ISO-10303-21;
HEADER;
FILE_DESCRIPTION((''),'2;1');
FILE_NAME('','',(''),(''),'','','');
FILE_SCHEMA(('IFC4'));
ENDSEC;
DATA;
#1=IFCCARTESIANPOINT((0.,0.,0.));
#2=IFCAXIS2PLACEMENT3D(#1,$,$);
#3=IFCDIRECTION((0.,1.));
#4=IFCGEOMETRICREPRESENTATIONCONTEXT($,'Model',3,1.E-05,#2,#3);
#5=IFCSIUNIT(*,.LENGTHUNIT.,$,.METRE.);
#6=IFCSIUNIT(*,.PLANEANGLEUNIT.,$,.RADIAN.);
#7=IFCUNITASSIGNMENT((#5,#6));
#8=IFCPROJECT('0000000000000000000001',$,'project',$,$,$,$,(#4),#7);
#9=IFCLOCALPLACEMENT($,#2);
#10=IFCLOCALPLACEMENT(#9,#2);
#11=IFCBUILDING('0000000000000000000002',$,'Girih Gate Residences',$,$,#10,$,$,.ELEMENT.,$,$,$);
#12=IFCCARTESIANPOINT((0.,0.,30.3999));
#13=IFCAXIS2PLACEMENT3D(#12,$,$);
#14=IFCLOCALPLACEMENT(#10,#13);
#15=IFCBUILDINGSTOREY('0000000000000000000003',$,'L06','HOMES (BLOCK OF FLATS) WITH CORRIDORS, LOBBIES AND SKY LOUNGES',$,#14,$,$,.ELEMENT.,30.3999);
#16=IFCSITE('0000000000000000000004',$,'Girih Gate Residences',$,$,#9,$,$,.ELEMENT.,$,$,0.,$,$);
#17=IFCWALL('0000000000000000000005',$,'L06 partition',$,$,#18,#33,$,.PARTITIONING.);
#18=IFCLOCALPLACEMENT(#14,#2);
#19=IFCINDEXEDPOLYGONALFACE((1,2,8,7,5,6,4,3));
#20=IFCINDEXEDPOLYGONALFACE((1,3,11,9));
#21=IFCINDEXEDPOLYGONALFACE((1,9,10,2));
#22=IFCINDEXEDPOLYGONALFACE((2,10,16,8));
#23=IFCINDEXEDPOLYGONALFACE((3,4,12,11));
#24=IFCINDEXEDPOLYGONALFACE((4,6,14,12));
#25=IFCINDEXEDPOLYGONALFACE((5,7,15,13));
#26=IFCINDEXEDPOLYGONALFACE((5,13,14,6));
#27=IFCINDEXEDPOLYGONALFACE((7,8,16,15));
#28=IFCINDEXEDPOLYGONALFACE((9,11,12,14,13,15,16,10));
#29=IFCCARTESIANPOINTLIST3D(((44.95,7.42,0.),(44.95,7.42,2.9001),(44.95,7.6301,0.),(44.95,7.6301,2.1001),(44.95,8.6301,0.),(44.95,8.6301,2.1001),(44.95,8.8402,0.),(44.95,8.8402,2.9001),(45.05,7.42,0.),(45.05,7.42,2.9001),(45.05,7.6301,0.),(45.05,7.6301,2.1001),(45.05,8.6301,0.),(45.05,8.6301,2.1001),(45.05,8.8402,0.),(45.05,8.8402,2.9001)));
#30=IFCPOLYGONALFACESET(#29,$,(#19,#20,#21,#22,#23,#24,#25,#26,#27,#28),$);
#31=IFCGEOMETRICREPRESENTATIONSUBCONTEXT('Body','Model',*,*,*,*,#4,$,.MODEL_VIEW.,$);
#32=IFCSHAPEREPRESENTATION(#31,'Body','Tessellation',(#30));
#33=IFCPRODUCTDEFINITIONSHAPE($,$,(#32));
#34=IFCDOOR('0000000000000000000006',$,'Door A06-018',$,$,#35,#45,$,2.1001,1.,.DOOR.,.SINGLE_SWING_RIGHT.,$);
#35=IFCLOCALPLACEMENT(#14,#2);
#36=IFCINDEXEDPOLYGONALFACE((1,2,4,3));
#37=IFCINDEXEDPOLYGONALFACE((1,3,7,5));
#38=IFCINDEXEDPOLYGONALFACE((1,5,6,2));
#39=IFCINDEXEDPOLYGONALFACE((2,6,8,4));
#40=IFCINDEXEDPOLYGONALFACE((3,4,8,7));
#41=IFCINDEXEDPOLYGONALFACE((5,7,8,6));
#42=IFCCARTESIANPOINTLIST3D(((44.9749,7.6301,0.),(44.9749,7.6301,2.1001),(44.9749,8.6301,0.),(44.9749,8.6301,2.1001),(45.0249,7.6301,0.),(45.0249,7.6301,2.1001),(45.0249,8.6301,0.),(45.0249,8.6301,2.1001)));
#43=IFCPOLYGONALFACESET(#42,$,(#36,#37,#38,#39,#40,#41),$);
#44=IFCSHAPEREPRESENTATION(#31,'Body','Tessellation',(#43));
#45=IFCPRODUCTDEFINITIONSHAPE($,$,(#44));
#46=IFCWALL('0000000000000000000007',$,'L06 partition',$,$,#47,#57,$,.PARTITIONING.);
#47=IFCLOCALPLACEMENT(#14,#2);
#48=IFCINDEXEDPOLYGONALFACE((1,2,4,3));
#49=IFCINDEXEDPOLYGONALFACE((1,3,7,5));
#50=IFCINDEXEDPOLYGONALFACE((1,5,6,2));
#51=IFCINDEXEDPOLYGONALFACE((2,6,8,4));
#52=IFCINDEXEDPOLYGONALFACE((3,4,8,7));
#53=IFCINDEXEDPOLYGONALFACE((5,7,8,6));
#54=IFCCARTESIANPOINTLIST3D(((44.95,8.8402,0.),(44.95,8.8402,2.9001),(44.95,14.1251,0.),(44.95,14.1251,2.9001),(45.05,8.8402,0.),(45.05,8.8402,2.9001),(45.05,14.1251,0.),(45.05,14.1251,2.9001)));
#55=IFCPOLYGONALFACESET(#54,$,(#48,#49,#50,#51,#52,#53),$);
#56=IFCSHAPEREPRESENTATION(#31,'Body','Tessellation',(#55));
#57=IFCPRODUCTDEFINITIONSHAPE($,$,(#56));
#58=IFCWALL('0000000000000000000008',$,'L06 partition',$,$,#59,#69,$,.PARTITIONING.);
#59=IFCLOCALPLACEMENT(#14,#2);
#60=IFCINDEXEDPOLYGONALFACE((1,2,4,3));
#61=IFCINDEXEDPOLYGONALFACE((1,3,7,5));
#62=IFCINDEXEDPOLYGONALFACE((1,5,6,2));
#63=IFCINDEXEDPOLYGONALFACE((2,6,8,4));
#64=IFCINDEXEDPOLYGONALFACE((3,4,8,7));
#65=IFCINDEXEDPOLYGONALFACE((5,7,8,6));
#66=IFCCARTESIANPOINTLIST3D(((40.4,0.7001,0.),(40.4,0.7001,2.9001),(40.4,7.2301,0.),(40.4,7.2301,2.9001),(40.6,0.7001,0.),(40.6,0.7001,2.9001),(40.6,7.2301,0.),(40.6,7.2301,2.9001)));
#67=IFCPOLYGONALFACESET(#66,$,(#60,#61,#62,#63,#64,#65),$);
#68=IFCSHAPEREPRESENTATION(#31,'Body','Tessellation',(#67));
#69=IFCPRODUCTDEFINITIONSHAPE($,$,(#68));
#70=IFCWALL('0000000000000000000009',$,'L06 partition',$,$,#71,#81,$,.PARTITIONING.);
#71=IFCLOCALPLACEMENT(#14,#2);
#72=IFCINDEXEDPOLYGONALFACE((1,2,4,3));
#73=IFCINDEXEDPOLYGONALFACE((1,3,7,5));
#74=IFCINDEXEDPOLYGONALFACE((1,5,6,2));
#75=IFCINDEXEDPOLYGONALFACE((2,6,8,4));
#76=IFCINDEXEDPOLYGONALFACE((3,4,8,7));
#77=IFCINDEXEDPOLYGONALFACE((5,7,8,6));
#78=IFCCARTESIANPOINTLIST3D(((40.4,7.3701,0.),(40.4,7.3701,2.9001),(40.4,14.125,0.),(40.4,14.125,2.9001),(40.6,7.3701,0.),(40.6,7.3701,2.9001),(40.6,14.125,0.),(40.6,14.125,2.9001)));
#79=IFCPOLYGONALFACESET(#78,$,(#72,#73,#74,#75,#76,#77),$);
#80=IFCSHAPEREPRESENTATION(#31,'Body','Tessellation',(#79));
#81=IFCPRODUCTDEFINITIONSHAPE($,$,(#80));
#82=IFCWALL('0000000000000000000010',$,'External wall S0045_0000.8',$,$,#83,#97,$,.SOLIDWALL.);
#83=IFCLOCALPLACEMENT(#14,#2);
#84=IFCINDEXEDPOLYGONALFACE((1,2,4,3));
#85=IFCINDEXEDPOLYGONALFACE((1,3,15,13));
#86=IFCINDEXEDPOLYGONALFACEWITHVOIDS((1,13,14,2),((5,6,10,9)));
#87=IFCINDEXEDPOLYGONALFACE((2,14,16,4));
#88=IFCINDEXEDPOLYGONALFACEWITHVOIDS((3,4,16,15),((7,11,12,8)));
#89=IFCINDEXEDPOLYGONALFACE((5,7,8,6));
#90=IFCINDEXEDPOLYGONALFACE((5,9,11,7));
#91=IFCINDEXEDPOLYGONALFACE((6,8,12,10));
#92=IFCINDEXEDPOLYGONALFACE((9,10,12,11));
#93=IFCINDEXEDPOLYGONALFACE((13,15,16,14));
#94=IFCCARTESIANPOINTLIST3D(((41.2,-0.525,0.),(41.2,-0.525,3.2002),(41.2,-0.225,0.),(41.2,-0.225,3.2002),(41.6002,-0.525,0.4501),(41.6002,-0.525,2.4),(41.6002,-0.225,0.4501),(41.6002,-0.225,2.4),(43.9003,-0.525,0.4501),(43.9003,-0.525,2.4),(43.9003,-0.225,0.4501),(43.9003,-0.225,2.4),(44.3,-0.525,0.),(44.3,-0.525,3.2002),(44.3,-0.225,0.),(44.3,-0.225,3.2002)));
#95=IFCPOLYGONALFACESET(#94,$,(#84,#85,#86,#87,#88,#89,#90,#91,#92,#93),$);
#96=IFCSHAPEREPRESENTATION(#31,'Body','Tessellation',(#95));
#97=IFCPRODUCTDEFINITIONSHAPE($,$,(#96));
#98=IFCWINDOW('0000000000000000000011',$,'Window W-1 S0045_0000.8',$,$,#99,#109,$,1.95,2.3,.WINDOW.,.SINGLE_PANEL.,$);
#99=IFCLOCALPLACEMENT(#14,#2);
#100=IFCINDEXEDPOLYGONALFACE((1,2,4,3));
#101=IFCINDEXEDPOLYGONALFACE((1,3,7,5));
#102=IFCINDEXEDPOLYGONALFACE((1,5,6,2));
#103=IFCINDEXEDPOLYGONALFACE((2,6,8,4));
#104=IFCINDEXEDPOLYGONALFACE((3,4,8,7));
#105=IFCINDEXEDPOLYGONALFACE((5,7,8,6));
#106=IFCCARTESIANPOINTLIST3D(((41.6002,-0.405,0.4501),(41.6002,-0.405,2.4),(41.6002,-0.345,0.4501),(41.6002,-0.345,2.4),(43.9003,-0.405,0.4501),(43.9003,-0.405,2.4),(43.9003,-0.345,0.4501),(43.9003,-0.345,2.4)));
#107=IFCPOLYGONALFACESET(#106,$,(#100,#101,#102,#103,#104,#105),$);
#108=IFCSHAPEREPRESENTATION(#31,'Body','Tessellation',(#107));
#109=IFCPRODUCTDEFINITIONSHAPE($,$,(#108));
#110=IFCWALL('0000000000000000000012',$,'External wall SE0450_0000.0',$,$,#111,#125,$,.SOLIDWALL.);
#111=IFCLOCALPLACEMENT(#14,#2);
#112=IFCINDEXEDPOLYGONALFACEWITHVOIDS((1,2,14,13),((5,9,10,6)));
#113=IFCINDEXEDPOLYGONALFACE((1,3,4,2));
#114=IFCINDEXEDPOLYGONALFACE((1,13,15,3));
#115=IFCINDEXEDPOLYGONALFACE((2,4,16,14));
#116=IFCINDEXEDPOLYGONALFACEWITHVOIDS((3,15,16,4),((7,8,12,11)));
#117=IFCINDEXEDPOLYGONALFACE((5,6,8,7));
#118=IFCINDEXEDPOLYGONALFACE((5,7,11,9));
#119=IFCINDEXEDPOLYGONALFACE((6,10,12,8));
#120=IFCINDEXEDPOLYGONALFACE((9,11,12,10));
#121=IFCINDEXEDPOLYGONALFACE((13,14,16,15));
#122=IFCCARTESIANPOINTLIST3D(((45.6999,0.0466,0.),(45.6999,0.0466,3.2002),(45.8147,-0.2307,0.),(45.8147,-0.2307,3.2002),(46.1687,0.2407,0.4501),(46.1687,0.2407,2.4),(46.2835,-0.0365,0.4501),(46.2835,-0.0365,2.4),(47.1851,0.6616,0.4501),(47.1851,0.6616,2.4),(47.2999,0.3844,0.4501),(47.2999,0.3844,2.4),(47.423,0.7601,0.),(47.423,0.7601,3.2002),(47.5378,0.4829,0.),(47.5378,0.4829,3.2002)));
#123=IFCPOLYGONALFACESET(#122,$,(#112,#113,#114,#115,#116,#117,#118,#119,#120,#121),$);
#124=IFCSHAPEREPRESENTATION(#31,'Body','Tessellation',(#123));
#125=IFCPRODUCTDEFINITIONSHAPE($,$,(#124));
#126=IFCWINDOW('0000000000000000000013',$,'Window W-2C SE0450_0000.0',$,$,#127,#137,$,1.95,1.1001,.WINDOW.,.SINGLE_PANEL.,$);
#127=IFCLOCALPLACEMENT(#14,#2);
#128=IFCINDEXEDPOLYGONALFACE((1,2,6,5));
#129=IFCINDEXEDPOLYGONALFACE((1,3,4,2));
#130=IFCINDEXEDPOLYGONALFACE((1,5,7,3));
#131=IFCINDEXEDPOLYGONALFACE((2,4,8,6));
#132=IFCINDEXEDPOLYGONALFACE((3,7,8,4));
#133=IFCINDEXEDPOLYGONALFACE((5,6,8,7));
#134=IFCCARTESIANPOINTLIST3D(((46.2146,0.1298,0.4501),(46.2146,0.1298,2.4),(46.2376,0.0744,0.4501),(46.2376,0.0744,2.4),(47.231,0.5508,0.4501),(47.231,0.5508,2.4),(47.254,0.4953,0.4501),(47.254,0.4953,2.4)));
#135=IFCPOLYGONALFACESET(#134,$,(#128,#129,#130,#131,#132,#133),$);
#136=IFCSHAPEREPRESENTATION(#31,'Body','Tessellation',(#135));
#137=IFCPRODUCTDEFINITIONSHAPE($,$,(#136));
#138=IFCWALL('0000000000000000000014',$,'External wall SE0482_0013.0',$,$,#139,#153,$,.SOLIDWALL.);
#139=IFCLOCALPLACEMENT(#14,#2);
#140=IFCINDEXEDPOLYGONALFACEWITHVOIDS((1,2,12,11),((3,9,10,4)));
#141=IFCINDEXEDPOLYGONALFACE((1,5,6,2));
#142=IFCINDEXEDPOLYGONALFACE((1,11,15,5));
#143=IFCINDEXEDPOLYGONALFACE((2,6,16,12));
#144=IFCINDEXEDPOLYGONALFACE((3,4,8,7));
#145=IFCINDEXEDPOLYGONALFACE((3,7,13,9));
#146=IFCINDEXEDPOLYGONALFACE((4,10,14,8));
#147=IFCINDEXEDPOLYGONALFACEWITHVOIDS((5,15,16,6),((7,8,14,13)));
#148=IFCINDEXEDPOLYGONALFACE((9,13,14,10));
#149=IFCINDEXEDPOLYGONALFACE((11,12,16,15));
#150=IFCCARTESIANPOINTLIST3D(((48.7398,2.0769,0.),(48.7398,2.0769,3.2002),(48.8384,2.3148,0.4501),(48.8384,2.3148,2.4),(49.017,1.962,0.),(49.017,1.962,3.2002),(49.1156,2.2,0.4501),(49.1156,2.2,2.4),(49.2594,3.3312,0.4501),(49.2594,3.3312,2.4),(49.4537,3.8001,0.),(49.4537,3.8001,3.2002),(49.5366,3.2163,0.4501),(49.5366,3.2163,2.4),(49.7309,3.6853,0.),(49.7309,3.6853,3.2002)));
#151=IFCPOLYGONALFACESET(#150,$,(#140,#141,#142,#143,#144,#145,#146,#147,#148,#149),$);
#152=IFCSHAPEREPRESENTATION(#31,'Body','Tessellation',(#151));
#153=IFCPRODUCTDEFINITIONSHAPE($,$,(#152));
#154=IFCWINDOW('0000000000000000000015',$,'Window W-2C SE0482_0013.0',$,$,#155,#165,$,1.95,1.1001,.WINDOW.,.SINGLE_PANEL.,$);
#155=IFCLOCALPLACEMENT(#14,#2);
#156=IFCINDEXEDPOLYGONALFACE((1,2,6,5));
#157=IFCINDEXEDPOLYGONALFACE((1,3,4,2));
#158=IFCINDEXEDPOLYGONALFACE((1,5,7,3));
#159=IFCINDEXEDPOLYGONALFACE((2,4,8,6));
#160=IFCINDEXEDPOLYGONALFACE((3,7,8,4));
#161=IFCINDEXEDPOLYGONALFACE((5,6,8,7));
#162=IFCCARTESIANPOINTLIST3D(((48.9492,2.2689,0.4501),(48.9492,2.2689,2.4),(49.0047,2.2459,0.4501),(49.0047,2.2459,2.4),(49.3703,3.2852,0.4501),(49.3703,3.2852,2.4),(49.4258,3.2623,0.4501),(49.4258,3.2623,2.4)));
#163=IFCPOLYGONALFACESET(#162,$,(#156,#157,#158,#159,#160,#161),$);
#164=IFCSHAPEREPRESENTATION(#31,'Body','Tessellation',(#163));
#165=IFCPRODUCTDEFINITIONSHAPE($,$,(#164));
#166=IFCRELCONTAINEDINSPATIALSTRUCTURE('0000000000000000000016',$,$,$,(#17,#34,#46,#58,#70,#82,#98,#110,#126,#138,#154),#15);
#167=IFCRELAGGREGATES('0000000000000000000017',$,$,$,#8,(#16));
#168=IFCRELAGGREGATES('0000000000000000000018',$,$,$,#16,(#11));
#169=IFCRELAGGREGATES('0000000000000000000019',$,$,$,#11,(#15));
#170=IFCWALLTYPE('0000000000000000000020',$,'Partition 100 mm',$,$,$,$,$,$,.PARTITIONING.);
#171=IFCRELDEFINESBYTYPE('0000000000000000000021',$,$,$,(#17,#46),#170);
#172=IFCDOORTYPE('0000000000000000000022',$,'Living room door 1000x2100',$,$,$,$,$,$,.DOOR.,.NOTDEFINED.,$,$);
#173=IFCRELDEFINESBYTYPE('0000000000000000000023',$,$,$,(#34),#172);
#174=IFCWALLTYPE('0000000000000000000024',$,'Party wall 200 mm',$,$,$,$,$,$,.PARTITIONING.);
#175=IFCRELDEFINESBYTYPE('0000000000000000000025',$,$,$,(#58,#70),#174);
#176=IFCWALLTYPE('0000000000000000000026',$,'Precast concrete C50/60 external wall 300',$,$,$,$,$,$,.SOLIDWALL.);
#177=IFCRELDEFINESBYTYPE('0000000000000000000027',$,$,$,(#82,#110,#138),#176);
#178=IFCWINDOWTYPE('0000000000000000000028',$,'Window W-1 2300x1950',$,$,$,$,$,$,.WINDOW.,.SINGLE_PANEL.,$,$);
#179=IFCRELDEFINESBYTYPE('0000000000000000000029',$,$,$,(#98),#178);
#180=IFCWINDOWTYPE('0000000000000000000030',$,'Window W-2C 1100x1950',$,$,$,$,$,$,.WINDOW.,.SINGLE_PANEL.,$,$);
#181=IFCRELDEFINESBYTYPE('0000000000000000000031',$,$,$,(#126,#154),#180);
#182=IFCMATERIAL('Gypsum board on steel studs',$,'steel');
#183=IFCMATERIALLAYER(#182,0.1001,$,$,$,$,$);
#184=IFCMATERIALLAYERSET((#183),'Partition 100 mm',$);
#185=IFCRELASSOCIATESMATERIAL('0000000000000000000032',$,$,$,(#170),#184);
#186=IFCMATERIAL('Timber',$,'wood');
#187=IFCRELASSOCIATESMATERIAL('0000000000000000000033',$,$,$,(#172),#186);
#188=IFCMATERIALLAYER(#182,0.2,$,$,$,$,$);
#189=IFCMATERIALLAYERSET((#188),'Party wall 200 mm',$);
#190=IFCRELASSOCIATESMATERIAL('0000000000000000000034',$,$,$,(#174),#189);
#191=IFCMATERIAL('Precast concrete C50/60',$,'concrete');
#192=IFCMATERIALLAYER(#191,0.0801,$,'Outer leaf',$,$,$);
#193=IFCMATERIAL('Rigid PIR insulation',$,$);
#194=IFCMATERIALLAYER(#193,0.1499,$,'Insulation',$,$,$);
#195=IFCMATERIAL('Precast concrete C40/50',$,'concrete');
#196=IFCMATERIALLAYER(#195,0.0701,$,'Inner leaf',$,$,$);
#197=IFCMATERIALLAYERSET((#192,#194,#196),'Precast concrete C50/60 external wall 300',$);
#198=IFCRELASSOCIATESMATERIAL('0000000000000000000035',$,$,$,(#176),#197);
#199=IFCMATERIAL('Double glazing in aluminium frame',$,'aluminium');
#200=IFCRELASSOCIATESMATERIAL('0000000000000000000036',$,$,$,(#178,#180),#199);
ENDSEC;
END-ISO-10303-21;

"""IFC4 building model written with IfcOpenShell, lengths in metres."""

from ifc_helpers import new_model, si_unit, direction, frame, frame_2d, origin, place, context, subcontext, project, spatial, rectangle, extrude, material, layer, layer_set, type_object, element, fill, save


model = new_model("IFC4")

# Units and contexts
model_context = context("Model", 3, precision=1e-05, world=origin(), true_north=direction((0.0, 1.0)))
body_context = subcontext(model_context, "Body", "Model", "MODEL_VIEW")
ifc_project = project(units=[si_unit("LENGTHUNIT", "METRE"), si_unit("PLANEANGLEUNIT", "RADIAN")], contexts=[model_context])

# Site, building, storey
site_placement = place(None, origin())
site = spatial("IfcSite", under=ifc_project, at=site_placement, Name="Girih Gate Residences", CompositionType="ELEMENT", RefElevation=0.0)
building_placement = place(site_placement, origin())
building = spatial("IfcBuilding", under=site, at=building_placement, Name="Girih Gate Residences", CompositionType="ELEMENT")
storey_placement = place(building_placement, frame((0.0, 0.0, 30.3999)))
storey = spatial("IfcBuildingStorey", under=building, at=storey_placement, Name="L06", Description="HOMES (BLOCK OF FLATS) WITH CORRIDORS, LOBBIES AND SKY LOUNGES", CompositionType="ELEMENT", Elevation=30.3999)

# Shared definitions
ifc_material_1 = material(Name="Gypsum board on steel studs", Category="steel")
ifc_layer_1 = layer(ifc_material_1, 0.1001)
ifc_layer_set_1 = layer_set([ifc_layer_1], Name="Partition 100 mm")
wall_type_1 = type_object("IfcWallType", Name="Partition 100 mm", PredefinedType="PARTITIONING", material=ifc_layer_set_1)
ifc_material_2 = material(Name="Timber", Category="wood")

# Wall, opening, door
wall_1_placement = place(storey_placement, frame((45.0, 8.8401, 0.0), z_axis=(0.0, 0.0, 1.0), x_axis=(0.0, -1.0, 0.0)))
wall_1 = element("IfcWall", 1, at=wall_1_placement, inside=storey, type_object=wall_type_1, Name="L06 partition", PredefinedType="PARTITIONING", context=body_context, shape_type="SweptSolid", body=[
    extrude(rectangle(XDim=1.4202, YDim=0.1001, at=frame_2d((0.71, 0.0))), origin(), (0.0, 0.0, 1.0), 2.9001),
])
opening_1_placement = place(wall_1_placement, frame((0.21, 0.0, 0.0)))
opening_1 = element("IfcOpeningElement", 2, at=opening_1_placement, cuts=wall_1, PredefinedType="OPENING", context=body_context, shape_type="SweptSolid", body=[
    extrude(rectangle(XDim=1.0, YDim=2.1001, at=frame_2d((0.5, 1.05))), frame((0.0, 0.0601, 0.0), z_axis=(0.0, -1.0, 0.0), x_axis=(1.0, 0.0, 0.0)), (0.0, 0.0, 1.0), 0.1201),
])
door_type_1 = type_object("IfcDoorType", Name="Living room door 1000x2100", OperationType="NOTDEFINED", PredefinedType="DOOR", material=ifc_material_2)
door_1_placement = place(opening_1_placement, origin())
door_1 = element("IfcDoor", 3, at=door_1_placement, inside=storey, type_object=door_type_1, Name="Door A06-018", OperationType="SINGLE_SWING_RIGHT", OverallHeight=2.1001, OverallWidth=1.0, PredefinedType="DOOR", context=body_context, shape_type="SweptSolid", body=[
    extrude(rectangle(XDim=1.0, YDim=2.1001, at=frame_2d((0.5, 1.05))), frame((0.0, 0.0249, 0.0), z_axis=(0.0, -1.0, 0.0), x_axis=(1.0, 0.0, 0.0)), (0.0, 0.0, 1.0), 0.05),
])
fill(opening_1, door_1)

# Walls
wall_2_placement = place(storey_placement, frame((45.0, 8.8401, 0.0), z_axis=(0.0, 0.0, 1.0), x_axis=(0.0, 1.0, 0.0)))
element("IfcWall", 4, at=wall_2_placement, inside=storey, type_object=wall_type_1, Name="L06 partition", PredefinedType="PARTITIONING", context=body_context, shape_type="SweptSolid", body=[
    extrude(rectangle(XDim=5.2849, YDim=0.1001, at=frame_2d((2.6426, 0.0))), origin(), (0.0, 0.0, 1.0), 2.9001),
])
ifc_layer_2 = layer(ifc_material_1, 0.2)
ifc_layer_set_2 = layer_set([ifc_layer_2], Name="Party wall 200 mm")
wall_type_2 = type_object("IfcWallType", Name="Party wall 200 mm", PredefinedType="PARTITIONING", material=ifc_layer_set_2)
wall_3_placement = place(storey_placement, frame((40.5, 0.7, 0.0), z_axis=(0.0, 0.0, 1.0), x_axis=(0.0, 1.0, 0.0)))
element("IfcWall", 5, at=wall_3_placement, inside=storey, type_object=wall_type_2, Name="L06 partition", PredefinedType="PARTITIONING", context=body_context, shape_type="SweptSolid", body=[
    extrude(rectangle(XDim=6.53, YDim=0.2, at=frame_2d((3.2651, 0.0))), origin(), (0.0, 0.0, 1.0), 2.9001),
])
wall_4_placement = place(storey_placement, frame((40.5, 7.3701, 0.0), z_axis=(0.0, 0.0, 1.0), x_axis=(0.0, 1.0, 0.0)))
element("IfcWall", 6, at=wall_4_placement, inside=storey, type_object=wall_type_2, Name="L06 partition", PredefinedType="PARTITIONING", context=body_context, shape_type="SweptSolid", body=[
    extrude(rectangle(XDim=6.7549, YDim=0.2, at=frame_2d((3.3774, 0.0))), origin(), (0.0, 0.0, 1.0), 2.9001),
])

# Walls, openings, windows
ifc_material_3 = material(Name="Precast concrete C50/60", Category="concrete")
ifc_layer_3 = layer(ifc_material_3, 0.0801, Name="Outer leaf")
ifc_material_4 = material(Name="Rigid PIR insulation")
ifc_layer_4 = layer(ifc_material_4, 0.1499, Name="Insulation")
ifc_material_5 = material(Name="Precast concrete C40/50", Category="concrete")
ifc_layer_5 = layer(ifc_material_5, 0.0701, Name="Inner leaf")
ifc_layer_set_3 = layer_set([ifc_layer_3, ifc_layer_4, ifc_layer_5], Name="Precast concrete C50/60 external wall 300")
wall_type_3 = type_object("IfcWallType", Name="Precast concrete C50/60 external wall 300", PredefinedType="SOLIDWALL", material=ifc_layer_set_3)
wall_5_placement = place(storey_placement, frame((44.3, -0.375, 0.0), z_axis=(0.0, 0.0, 1.0), x_axis=(-1.0, 0.0, 0.0)))
wall_5 = element("IfcWall", 7, at=wall_5_placement, inside=storey, type_object=wall_type_3, Name="External wall S0045_0000.8", PredefinedType="SOLIDWALL", context=body_context, shape_type="SweptSolid", body=[
    extrude(rectangle(XDim=3.1001, YDim=0.3, at=frame_2d((1.55, 0.0))), origin(), (0.0, 0.0, 1.0), 3.2002),
])
opening_2_placement = place(wall_5_placement, frame((0.3999, 0.0, 0.45)))
opening_2 = element("IfcOpeningElement", 8, at=opening_2_placement, cuts=wall_5, PredefinedType="OPENING", context=body_context, shape_type="SweptSolid", body=[
    extrude(rectangle(XDim=2.3, YDim=1.95, at=frame_2d((1.1499, 0.9751))), frame((0.0, 0.1599, 0.0), z_axis=(0.0, -1.0, 0.0), x_axis=(1.0, 0.0, 0.0)), (0.0, 0.0, 1.0), 0.3201),
])
ifc_material_6 = material(Name="Double glazing in aluminium frame", Category="aluminium")
window_type_1 = type_object("IfcWindowType", Name="Window W-1 2300x1950", PartitioningType="SINGLE_PANEL", PredefinedType="WINDOW", material=ifc_material_6)
window_1_placement = place(opening_2_placement, origin())
window_1 = element("IfcWindow", 9, at=window_1_placement, inside=storey, type_object=window_type_1, Name="Window W-1 S0045_0000.8", OverallHeight=1.95, OverallWidth=2.3, PartitioningType="SINGLE_PANEL", PredefinedType="WINDOW", context=body_context, shape_type="SweptSolid", body=[
    extrude(rectangle(XDim=2.3, YDim=1.95, at=frame_2d((1.1499, 0.9751))), frame((0.0, 0.03, 0.0), z_axis=(0.0, -1.0, 0.0), x_axis=(1.0, 0.0, 0.0)), (0.0, 0.0, 1.0), 0.0601),
])
fill(opening_2, window_1)
wall_6_placement = place(storey_placement, frame((47.4805, 0.6216, 0.0), z_axis=(0.0, 0.0, 1.0), x_axis=(-0.923904, -0.382625, 0.0)))
wall_6 = element("IfcWall", 10, at=wall_6_placement, inside=storey, type_object=wall_type_3, Name="External wall SE0450_0000.0", PredefinedType="SOLIDWALL", context=body_context, shape_type="SweptSolid", body=[
    extrude(rectangle(XDim=1.865, YDim=0.3, at=frame_2d((0.9326, 0.0))), origin(), (0.0, 0.0, 1.0), 3.2002),
])
opening_3_placement = place(wall_6_placement, frame((0.2576, 0.0, 0.45)))
opening_3 = element("IfcOpeningElement", 11, at=opening_3_placement, cuts=wall_6, PredefinedType="OPENING", context=body_context, shape_type="SweptSolid", body=[
    extrude(rectangle(XDim=1.1001, YDim=1.95, at=frame_2d((0.55, 0.9751))), frame((0.0, 0.1599, 0.0), z_axis=(0.0, -1.0, 0.0), x_axis=(1.0, 0.0, 0.0)), (0.0, 0.0, 1.0), 0.3201),
])
window_type_2 = type_object("IfcWindowType", Name="Window W-2C 1100x1950", PartitioningType="SINGLE_PANEL", PredefinedType="WINDOW", material=ifc_material_6)
window_2_placement = place(opening_3_placement, origin())
window_2 = element("IfcWindow", 12, at=window_2_placement, inside=storey, type_object=window_type_2, Name="Window W-2C SE0450_0000.0", OverallHeight=1.95, OverallWidth=1.1001, PartitioningType="SINGLE_PANEL", PredefinedType="WINDOW", context=body_context, shape_type="SweptSolid", body=[
    extrude(rectangle(XDim=1.1001, YDim=1.95, at=frame_2d((0.55, 0.9751))), frame((0.0, 0.03, 0.0), z_axis=(0.0, -1.0, 0.0), x_axis=(1.0, 0.0, 0.0)), (0.0, 0.0, 1.0), 0.0601),
])
fill(opening_3, window_2)
wall_7_placement = place(storey_placement, frame((49.5923, 3.7427, 0.0), z_axis=(0.0, 0.0, 1.0), x_axis=(-0.382737, -0.923857, 0.0)))
wall_7 = element("IfcWall", 13, at=wall_7_placement, inside=storey, type_object=wall_type_3, Name="External wall SE0482_0013.0", PredefinedType="SOLIDWALL", context=body_context, shape_type="SweptSolid", body=[
    extrude(rectangle(XDim=1.8652, YDim=0.3, at=frame_2d((0.9326, 0.0))), origin(), (0.0, 0.0, 1.0), 3.2002),
])
opening_4_placement = place(wall_7_placement, frame((0.5076, 0.0, 0.45)))
opening_4 = element("IfcOpeningElement", 14, at=opening_4_placement, cuts=wall_7, PredefinedType="OPENING", context=body_context, shape_type="SweptSolid", body=[
    extrude(rectangle(XDim=1.1001, YDim=1.95, at=frame_2d((0.55, 0.9751))), frame((0.0, 0.1599, 0.0), z_axis=(0.0, -1.0, 0.0), x_axis=(1.0, 0.0, 0.0)), (0.0, 0.0, 1.0), 0.3201),
])
window_3_placement = place(opening_4_placement, origin())
window_3 = element("IfcWindow", 15, at=window_3_placement, inside=storey, type_object=window_type_2, Name="Window W-2C SE0482_0013.0", OverallHeight=1.95, OverallWidth=1.1001, PartitioningType="SINGLE_PANEL", PredefinedType="WINDOW", context=body_context, shape_type="SweptSolid", body=[
    extrude(rectangle(XDim=1.1001, YDim=1.95, at=frame_2d((0.55, 0.9751))), frame((0.0, 0.03, 0.0), z_axis=(0.0, -1.0, 0.0), x_axis=(1.0, 0.0, 0.0)), (0.0, 0.0, 1.0), 0.0601),
])
fill(opening_4, window_3)

save(model, "model.ifc")
